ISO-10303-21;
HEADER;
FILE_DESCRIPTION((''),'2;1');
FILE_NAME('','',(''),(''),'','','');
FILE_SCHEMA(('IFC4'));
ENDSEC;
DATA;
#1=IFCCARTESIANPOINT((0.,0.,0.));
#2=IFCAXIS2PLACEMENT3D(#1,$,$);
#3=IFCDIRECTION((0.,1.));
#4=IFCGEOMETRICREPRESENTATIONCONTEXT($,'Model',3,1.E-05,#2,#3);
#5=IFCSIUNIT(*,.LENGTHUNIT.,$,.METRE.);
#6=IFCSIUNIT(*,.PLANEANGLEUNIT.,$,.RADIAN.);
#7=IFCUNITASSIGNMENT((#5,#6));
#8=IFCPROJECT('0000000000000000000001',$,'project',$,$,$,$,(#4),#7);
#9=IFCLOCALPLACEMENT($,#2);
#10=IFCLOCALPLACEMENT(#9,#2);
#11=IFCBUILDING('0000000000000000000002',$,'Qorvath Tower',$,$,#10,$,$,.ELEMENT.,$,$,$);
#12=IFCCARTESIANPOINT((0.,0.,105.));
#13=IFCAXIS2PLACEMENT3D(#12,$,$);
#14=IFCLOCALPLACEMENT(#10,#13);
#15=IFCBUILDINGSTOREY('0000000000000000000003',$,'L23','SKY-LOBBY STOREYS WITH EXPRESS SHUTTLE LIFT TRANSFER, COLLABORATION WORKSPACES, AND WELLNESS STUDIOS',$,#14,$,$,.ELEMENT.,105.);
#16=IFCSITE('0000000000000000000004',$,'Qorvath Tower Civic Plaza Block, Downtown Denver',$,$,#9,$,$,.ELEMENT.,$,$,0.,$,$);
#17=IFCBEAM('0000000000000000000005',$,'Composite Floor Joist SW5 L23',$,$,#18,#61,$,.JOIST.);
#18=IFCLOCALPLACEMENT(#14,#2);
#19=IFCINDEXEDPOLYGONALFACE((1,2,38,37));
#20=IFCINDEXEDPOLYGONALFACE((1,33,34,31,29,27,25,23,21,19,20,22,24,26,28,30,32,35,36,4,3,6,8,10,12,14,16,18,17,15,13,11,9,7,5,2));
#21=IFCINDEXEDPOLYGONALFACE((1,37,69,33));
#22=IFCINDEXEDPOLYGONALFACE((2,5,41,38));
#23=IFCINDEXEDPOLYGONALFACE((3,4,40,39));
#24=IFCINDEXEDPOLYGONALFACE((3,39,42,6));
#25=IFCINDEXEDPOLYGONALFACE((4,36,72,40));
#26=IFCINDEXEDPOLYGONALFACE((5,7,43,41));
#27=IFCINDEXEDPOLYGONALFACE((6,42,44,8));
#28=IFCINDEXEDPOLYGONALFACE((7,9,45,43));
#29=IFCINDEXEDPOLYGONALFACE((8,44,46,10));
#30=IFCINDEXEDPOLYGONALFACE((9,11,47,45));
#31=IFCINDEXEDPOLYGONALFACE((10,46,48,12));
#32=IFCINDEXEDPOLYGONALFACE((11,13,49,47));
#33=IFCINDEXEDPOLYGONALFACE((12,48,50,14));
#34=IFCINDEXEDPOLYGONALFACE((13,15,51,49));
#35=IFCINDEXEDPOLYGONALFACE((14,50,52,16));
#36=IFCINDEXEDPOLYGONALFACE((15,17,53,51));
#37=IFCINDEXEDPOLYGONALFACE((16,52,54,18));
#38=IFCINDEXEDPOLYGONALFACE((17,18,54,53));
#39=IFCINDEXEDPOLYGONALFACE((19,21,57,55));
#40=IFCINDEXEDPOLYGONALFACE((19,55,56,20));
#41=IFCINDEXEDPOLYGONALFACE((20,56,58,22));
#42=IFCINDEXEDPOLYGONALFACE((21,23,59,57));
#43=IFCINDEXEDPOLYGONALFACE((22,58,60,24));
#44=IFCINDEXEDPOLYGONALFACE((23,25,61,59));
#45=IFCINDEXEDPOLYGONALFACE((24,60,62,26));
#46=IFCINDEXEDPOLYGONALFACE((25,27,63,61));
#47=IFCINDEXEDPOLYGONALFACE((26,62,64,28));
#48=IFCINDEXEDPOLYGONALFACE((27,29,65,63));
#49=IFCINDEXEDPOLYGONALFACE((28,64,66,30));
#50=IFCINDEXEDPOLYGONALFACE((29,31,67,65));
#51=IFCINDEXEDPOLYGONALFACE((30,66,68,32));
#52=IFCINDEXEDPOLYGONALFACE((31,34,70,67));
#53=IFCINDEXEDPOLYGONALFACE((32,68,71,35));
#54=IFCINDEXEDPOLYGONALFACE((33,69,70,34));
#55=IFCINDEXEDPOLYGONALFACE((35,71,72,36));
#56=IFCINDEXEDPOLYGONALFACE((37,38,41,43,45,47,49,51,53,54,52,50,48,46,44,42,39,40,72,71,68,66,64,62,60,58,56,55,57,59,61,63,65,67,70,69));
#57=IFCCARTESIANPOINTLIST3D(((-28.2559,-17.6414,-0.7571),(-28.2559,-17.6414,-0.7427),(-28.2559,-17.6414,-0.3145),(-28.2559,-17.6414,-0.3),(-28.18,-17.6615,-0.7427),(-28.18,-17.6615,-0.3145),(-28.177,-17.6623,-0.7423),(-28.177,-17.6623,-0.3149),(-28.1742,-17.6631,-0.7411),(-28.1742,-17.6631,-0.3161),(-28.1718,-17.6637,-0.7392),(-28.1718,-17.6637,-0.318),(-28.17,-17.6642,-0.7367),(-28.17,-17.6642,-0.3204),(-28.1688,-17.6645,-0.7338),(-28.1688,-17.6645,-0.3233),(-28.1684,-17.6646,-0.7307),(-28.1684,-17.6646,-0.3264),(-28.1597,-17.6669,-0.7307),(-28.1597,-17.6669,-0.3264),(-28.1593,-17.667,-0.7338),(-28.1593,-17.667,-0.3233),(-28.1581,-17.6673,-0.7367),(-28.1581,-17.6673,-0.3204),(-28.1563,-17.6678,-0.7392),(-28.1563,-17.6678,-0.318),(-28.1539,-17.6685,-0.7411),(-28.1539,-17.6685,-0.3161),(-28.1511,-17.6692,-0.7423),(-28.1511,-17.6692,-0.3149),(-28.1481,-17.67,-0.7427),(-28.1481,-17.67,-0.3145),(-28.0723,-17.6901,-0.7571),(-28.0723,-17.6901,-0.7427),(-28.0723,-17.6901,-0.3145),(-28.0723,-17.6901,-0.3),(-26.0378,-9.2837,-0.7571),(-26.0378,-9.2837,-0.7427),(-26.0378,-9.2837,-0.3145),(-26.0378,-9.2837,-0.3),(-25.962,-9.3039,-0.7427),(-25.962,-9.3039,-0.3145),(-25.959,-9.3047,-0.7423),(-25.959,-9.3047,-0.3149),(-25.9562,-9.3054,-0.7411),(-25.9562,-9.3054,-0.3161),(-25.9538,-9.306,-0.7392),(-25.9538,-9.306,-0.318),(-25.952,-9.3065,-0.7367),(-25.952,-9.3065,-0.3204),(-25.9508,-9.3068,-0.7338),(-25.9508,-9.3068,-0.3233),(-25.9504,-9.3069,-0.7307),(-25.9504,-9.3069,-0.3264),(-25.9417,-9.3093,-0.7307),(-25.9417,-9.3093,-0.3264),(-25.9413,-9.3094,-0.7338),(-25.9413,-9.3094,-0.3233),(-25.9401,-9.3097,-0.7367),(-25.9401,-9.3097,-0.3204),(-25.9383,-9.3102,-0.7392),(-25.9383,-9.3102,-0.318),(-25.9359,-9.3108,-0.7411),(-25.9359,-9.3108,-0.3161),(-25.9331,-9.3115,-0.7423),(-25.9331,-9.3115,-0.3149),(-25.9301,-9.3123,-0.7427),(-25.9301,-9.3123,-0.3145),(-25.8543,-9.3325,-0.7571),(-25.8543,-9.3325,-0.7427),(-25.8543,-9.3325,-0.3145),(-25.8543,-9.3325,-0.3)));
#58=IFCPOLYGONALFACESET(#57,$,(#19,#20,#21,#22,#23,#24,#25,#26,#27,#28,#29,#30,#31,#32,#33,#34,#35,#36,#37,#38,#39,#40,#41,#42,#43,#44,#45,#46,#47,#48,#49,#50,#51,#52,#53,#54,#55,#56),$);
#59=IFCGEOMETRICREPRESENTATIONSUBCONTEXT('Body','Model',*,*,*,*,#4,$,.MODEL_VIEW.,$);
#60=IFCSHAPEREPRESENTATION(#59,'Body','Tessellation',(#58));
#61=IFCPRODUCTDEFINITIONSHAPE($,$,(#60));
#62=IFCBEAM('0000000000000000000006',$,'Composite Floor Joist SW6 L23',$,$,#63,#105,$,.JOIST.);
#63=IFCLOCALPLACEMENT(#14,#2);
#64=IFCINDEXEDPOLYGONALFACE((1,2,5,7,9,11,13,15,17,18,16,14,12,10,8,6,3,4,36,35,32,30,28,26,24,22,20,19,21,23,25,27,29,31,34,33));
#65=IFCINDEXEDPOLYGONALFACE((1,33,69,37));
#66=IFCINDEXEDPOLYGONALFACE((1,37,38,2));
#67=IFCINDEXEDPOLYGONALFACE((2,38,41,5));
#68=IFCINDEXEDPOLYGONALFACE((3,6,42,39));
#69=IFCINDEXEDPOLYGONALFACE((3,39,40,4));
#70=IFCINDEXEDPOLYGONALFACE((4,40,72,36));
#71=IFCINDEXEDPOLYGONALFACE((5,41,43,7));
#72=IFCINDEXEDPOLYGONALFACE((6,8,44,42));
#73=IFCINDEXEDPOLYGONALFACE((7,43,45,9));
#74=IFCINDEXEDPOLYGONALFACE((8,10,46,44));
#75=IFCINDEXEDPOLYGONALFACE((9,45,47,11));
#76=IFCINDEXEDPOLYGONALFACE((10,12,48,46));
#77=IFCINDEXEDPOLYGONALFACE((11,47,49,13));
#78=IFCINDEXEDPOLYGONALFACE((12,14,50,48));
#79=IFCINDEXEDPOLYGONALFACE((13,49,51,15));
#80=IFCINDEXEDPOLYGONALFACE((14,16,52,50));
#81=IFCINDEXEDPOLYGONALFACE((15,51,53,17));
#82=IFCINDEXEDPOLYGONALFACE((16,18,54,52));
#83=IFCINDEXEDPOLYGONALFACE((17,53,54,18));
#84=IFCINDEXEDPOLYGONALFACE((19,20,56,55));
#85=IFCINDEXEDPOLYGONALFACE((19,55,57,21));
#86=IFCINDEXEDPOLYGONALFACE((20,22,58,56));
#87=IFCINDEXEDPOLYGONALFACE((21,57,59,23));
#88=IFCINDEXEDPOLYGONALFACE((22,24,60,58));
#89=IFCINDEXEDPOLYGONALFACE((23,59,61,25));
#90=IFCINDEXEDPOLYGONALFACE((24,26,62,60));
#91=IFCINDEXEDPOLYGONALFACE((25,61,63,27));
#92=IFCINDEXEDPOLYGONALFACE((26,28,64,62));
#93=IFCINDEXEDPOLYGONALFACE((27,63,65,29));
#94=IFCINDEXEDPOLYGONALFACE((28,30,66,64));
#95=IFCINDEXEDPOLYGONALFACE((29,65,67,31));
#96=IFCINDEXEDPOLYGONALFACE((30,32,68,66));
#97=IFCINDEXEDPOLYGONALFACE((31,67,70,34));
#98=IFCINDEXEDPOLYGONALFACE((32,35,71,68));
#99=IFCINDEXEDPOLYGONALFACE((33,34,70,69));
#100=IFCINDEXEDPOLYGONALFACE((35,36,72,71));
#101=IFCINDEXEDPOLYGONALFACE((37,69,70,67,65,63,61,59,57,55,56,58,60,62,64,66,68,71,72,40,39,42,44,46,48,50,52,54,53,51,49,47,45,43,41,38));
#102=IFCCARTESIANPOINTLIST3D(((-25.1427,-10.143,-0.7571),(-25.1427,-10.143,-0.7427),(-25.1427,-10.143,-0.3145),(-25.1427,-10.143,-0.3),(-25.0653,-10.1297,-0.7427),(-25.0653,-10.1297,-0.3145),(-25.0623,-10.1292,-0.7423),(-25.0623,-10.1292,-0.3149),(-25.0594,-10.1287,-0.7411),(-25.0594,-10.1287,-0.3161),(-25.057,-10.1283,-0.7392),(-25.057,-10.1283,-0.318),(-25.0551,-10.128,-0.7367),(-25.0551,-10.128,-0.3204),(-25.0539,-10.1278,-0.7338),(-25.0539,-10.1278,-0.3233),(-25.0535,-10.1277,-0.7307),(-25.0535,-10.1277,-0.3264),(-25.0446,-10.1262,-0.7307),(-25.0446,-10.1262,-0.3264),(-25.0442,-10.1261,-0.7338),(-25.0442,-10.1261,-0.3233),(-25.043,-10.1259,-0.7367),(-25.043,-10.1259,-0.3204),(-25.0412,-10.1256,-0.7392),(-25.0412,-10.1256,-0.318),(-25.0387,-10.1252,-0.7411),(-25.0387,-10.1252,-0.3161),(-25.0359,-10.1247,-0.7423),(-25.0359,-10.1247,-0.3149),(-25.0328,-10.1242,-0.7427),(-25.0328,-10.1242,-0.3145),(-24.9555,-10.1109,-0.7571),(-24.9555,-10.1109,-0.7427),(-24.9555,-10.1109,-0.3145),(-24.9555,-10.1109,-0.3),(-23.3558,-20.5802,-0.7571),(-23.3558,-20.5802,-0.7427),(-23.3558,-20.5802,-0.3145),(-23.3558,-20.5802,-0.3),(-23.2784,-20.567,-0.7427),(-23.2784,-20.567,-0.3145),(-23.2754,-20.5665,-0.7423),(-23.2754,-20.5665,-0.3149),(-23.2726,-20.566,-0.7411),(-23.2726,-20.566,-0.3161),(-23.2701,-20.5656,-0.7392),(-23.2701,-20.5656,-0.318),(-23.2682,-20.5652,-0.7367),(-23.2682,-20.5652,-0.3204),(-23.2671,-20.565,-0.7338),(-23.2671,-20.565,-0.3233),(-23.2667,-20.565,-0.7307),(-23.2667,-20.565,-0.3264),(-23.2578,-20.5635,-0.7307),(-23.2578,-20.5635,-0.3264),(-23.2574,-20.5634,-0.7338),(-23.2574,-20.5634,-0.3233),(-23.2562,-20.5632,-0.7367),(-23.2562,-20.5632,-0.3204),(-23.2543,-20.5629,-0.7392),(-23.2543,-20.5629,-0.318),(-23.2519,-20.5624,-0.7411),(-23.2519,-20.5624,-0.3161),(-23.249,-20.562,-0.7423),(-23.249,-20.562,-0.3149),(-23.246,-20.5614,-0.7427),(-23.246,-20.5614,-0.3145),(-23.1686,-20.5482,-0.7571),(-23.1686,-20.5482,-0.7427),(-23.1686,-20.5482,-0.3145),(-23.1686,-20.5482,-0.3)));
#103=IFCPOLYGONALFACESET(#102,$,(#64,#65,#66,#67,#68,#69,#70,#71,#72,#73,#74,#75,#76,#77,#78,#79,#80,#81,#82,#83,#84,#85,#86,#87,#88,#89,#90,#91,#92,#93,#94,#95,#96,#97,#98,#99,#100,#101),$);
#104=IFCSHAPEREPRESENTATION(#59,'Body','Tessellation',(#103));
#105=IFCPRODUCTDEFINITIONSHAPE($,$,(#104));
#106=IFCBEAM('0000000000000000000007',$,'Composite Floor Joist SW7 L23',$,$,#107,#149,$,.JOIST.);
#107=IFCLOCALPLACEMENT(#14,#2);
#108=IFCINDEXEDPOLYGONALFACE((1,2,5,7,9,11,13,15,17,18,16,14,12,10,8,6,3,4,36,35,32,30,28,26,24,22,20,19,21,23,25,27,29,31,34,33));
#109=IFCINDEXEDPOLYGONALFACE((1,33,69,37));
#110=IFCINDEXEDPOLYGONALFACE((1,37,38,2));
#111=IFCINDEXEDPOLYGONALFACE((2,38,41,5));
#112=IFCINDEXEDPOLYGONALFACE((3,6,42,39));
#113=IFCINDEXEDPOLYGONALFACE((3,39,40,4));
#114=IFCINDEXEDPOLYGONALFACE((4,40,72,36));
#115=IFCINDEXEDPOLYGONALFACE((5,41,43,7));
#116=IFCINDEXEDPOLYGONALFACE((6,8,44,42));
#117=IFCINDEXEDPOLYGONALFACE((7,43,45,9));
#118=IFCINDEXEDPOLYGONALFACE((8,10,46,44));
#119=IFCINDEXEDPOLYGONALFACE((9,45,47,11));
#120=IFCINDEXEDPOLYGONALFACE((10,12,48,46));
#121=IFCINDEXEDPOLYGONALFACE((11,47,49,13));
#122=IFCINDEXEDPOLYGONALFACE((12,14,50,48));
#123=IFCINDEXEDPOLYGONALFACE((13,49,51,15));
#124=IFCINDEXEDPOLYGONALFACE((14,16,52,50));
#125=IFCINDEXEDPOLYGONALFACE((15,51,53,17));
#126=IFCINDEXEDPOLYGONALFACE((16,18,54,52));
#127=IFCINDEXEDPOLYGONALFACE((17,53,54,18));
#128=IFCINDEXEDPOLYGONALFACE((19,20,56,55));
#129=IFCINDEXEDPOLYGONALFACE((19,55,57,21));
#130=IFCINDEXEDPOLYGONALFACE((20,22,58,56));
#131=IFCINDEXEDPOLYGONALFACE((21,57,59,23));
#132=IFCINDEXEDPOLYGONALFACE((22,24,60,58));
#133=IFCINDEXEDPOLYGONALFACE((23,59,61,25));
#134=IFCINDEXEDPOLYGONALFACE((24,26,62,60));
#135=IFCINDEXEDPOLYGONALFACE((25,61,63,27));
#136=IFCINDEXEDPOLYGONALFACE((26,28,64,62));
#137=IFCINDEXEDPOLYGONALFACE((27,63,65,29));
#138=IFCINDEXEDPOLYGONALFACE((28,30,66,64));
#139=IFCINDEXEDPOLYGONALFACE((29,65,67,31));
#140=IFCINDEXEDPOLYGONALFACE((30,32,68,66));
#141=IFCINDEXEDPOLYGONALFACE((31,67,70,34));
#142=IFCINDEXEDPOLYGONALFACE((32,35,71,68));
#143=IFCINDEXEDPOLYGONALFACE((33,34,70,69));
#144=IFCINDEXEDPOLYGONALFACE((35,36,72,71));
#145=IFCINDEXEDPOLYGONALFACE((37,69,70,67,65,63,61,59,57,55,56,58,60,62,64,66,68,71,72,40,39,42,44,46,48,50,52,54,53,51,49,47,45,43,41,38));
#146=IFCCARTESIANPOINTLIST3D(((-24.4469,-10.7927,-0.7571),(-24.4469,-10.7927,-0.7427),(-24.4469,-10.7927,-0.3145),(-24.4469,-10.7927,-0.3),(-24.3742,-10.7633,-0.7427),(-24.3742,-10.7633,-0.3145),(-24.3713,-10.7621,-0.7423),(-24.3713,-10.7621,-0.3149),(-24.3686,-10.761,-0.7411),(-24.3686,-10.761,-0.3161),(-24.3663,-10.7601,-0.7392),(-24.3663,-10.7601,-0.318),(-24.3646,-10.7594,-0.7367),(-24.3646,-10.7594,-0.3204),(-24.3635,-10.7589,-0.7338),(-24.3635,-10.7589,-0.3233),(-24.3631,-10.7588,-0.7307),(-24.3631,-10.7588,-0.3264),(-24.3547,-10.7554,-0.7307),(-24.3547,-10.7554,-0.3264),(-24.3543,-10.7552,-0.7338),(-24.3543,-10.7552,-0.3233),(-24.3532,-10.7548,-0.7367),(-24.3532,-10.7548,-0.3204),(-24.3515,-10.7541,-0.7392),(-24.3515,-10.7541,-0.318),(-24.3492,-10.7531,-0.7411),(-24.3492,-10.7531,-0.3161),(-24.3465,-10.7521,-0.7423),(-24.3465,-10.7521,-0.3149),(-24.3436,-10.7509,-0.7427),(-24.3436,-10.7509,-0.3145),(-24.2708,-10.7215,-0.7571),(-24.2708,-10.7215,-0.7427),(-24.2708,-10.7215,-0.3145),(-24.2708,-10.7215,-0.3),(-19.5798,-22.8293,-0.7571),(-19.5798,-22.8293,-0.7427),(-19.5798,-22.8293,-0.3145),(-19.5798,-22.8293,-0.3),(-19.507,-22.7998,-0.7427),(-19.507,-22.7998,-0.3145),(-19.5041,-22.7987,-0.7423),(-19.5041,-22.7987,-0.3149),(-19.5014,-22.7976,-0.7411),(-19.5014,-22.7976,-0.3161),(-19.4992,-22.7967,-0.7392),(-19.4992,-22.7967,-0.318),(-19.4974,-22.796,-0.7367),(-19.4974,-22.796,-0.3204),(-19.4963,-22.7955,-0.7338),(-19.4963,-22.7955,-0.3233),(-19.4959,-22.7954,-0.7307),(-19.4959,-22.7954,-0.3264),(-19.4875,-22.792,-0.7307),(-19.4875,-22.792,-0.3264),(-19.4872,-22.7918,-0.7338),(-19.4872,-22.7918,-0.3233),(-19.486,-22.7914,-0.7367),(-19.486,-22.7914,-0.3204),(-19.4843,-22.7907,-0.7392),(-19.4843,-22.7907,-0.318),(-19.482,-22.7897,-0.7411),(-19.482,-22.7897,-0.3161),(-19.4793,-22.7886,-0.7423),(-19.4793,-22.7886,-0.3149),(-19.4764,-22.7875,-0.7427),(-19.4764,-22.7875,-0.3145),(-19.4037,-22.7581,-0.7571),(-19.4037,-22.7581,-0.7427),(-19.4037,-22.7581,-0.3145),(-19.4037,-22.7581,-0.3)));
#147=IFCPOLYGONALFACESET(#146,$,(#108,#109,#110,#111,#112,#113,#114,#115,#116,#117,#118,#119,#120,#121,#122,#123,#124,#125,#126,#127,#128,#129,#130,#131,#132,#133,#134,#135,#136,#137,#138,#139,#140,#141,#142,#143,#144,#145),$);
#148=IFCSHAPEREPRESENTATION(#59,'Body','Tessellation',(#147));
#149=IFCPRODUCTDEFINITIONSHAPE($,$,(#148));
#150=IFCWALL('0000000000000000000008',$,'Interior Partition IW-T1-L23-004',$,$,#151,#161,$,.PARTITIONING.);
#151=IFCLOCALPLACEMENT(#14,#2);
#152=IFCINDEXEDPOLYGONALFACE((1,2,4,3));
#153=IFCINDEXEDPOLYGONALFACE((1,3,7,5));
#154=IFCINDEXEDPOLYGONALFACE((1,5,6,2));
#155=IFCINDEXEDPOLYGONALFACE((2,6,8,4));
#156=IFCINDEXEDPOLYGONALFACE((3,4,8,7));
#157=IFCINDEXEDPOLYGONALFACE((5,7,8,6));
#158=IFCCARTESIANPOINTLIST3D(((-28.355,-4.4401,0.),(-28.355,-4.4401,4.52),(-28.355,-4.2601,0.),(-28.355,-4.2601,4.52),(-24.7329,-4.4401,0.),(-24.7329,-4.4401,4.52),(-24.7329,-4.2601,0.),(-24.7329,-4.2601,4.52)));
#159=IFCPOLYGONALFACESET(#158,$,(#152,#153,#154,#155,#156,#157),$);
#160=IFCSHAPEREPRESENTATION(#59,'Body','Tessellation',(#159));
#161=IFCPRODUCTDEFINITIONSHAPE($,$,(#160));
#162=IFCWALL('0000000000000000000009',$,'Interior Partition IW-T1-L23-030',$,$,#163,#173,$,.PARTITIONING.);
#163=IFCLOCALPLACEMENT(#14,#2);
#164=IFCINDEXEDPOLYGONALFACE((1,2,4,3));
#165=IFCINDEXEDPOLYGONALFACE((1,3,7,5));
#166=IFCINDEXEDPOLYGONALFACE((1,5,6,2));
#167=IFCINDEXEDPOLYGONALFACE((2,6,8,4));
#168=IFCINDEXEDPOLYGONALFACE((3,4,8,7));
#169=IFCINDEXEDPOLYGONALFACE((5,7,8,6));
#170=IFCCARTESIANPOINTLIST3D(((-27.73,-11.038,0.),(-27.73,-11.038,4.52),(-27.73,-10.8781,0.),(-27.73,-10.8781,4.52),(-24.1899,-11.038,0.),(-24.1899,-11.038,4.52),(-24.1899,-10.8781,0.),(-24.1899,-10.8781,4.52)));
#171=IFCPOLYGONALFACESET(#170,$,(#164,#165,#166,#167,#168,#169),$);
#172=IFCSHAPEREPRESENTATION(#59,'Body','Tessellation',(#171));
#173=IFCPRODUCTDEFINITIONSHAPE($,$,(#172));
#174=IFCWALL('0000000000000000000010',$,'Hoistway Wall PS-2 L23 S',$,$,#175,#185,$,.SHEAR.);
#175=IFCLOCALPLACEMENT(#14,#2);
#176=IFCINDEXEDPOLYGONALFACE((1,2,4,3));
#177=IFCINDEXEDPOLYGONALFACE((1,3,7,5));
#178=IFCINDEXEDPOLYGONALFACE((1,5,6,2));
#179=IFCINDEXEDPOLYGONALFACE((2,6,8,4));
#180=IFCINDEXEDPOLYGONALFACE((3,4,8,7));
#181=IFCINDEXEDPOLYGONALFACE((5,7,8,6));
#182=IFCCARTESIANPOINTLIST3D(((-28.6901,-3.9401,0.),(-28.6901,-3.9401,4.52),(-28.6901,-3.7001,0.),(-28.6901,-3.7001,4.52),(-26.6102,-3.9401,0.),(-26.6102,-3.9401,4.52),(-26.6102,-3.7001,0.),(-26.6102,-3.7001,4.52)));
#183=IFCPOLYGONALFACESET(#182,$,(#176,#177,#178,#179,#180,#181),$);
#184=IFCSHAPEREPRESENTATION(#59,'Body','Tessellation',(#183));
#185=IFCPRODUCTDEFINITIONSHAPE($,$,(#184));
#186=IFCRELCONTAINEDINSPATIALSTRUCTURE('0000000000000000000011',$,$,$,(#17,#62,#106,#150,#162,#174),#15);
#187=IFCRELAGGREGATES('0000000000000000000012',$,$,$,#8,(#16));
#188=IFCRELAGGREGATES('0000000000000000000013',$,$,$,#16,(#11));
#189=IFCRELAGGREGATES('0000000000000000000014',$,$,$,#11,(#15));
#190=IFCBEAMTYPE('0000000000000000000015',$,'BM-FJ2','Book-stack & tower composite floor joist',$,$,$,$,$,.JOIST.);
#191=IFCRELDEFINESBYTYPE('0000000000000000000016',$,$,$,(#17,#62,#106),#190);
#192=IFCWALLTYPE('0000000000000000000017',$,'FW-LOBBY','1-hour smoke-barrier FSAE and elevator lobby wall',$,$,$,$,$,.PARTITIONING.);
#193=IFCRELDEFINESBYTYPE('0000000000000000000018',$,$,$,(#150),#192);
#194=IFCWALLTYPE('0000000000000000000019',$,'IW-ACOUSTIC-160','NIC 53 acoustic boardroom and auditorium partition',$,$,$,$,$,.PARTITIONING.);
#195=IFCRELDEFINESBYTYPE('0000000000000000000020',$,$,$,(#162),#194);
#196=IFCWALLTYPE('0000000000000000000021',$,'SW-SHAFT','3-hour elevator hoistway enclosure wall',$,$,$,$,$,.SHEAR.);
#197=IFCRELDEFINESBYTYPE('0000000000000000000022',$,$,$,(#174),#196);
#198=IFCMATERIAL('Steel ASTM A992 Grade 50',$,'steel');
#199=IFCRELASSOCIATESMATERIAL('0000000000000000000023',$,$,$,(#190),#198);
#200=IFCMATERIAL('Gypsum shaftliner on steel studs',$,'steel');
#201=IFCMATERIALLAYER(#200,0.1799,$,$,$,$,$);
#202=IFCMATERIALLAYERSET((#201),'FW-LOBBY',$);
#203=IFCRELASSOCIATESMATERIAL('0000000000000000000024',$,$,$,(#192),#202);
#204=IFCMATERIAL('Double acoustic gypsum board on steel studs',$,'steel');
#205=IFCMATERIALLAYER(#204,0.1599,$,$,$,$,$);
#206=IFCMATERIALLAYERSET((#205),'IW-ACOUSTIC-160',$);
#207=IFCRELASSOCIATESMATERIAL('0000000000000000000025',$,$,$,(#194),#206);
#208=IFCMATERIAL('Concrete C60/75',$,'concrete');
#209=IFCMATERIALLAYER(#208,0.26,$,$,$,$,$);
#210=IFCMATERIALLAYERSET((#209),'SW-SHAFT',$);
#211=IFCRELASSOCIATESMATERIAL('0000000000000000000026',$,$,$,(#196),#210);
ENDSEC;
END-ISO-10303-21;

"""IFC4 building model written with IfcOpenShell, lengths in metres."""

from ifc_helpers import new_model, si_unit, direction, frame, frame_2d, origin, origin_2d, place, context, subcontext, project, spatial, rectangle, i_section, extrude, material, layer, layer_set, material_profile, profile_set, type_object, element, save


model = new_model("IFC4")

# Units and contexts
model_context = context("Model", 3, precision=1e-05, world=origin(), true_north=direction((0.0, 1.0)))
body_context = subcontext(model_context, "Body", "Model", "MODEL_VIEW")
ifc_project = project(units=[si_unit("LENGTHUNIT", "METRE"), si_unit("PLANEANGLEUNIT", "RADIAN")], contexts=[model_context])

# Site, building, storey
site_placement = place(None, origin())
site = spatial("IfcSite", under=ifc_project, at=site_placement, Name="Qorvath Tower Civic Plaza Block, Downtown Denver", CompositionType="ELEMENT", RefElevation=0.0)
building_placement = place(site_placement, origin())
building = spatial("IfcBuilding", under=site, at=building_placement, Name="Qorvath Tower", CompositionType="ELEMENT")
storey_placement = place(building_placement, frame((0.0, 0.0, 105.0)))
storey = spatial("IfcBuildingStorey", under=building, at=storey_placement, Name="L23", Description="SKY-LOBBY STOREYS WITH EXPRESS SHUTTLE LIFT TRANSFER, COLLABORATION WORKSPACES, AND WELLNESS STUDIOS", CompositionType="ELEMENT", Elevation=105.0)

# Beams
ifc_material_1 = material(Name="Steel ASTM A992 Grade 50", Category="steel")
ifc_material_profile = material_profile(ifc_material_1, i_section(OverallWidth=0.1899, OverallDepth=0.457, WebThickness=0.009, FlangeThickness=0.0144, FilletRadius=0.012, at=origin_2d()), Name="W18x50")
ifc_profile_set = profile_set([ifc_material_profile], Name="Steel ASTM A992 Grade 50")
beam_type = type_object("IfcBeamType", Name="BM-FJ2", Description="Book-stack & tower composite floor joist", PredefinedType="JOIST", material=ifc_profile_set)
beam_1_placement = place(storey_placement, frame((-25.946, -9.3081, -0.5286), z_axis=(-0.256508, -0.966542, 0.0), x_axis=(0.966542, -0.256508, 0.0)))
element("IfcBeam", 1, at=beam_1_placement, inside=storey, type_object=beam_type, Name="Composite Floor Joist SW5 L23", PredefinedType="JOIST", context=body_context, shape_type="SweptSolid", body=[
    extrude(i_section(OverallWidth=0.1899, OverallDepth=0.457, WebThickness=0.009, FlangeThickness=0.0144, FilletRadius=0.012, at=origin_2d()), origin(), (0.0, 0.0, 1.0), 8.647),
])
beam_2_placement = place(storey_placement, frame((-25.0491, -10.127, -0.5286), z_axis=(0.168746, -0.98566, 0.0), x_axis=(0.98566, 0.168746, 0.0)))
element("IfcBeam", 2, at=beam_2_placement, inside=storey, type_object=beam_type, Name="Composite Floor Joist SW6 L23", PredefinedType="JOIST", context=body_context, shape_type="SweptSolid", body=[
    extrude(i_section(OverallWidth=0.1899, OverallDepth=0.457, WebThickness=0.009, FlangeThickness=0.0144, FilletRadius=0.012, at=origin_2d()), origin(), (0.0, 0.0, 1.0), 10.5891),
])
beam_3_placement = place(storey_placement, frame((-24.3589, -10.7571, -0.5286), z_axis=(0.374877, -0.927075, 0.0), x_axis=(0.927075, 0.374877, 0.0)))
element("IfcBeam", 3, at=beam_3_placement, inside=storey, type_object=beam_type, Name="Composite Floor Joist SW7 L23", PredefinedType="JOIST", context=body_context, shape_type="SweptSolid", body=[
    extrude(i_section(OverallWidth=0.1899, OverallDepth=0.457, WebThickness=0.009, FlangeThickness=0.0144, FilletRadius=0.012, at=origin_2d()), origin(), (0.0, 0.0, 1.0), 12.9834),
])

# Walls
ifc_material_2 = material(Name="Gypsum shaftliner on steel studs", Category="steel")
ifc_layer_1 = layer(ifc_material_2, 0.1799)
ifc_layer_set_1 = layer_set([ifc_layer_1], Name="FW-LOBBY")
wall_type_1 = type_object("IfcWallType", Name="FW-LOBBY", Description="1-hour smoke-barrier FSAE and elevator lobby wall", PredefinedType="PARTITIONING", material=ifc_layer_set_1)
wall_1_placement = place(storey_placement, frame((-24.7329, -4.3501, 0.0), z_axis=(0.0, 0.0, 1.0), x_axis=(-1.0, 0.0, 0.0)))
element("IfcWall", 4, at=wall_1_placement, inside=storey, type_object=wall_type_1, Name="Interior Partition IW-T1-L23-004", PredefinedType="PARTITIONING", context=body_context, shape_type="SweptSolid", body=[
    extrude(rectangle(XDim=3.6221, YDim=0.1799, at=frame_2d((1.811, 0.0))), origin(), (0.0, 0.0, 1.0), 4.52),
])
ifc_material_3 = material(Name="Double acoustic gypsum board on steel studs", Category="steel")
ifc_layer_2 = layer(ifc_material_3, 0.1599)
ifc_layer_set_2 = layer_set([ifc_layer_2], Name="IW-ACOUSTIC-160")
wall_type_2 = type_object("IfcWallType", Name="IW-ACOUSTIC-160", Description="NIC 53 acoustic boardroom and auditorium partition", PredefinedType="PARTITIONING", material=ifc_layer_set_2)
wall_2_placement = place(storey_placement, frame((-24.1899, -10.958, 0.0), z_axis=(0.0, 0.0, 1.0), x_axis=(-1.0, 0.0, 0.0)))
element("IfcWall", 5, at=wall_2_placement, inside=storey, type_object=wall_type_2, Name="Interior Partition IW-T1-L23-030", PredefinedType="PARTITIONING", context=body_context, shape_type="SweptSolid", body=[
    extrude(rectangle(XDim=3.54, YDim=0.1599, at=frame_2d((1.77, 0.0))), origin(), (0.0, 0.0, 1.0), 4.52),
])
ifc_material_4 = material(Name="Concrete C60/75", Category="concrete")
ifc_layer_3 = layer(ifc_material_4, 0.26)
ifc_layer_set_3 = layer_set([ifc_layer_3], Name="SW-SHAFT")
wall_type_3 = type_object("IfcWallType", Name="SW-SHAFT", Description="3-hour elevator hoistway enclosure wall", PredefinedType="SHEAR", material=ifc_layer_set_3)
wall_3_placement = place(storey_placement, frame((-26.6101, -3.8201, 0.0), z_axis=(0.0, 0.0, 1.0), x_axis=(-1.0, 0.0, 0.0)))
element("IfcWall", 6, at=wall_3_placement, inside=storey, type_object=wall_type_3, Name="Hoistway Wall PS-2 L23 S", PredefinedType="SHEAR", context=body_context, shape_type="SweptSolid", body=[
    extrude(rectangle(XDim=2.0798, YDim=0.24, at=frame_2d((1.04, 0.0))), origin(), (0.0, 0.0, 1.0), 4.52),
])

save(model, "model.ifc")
